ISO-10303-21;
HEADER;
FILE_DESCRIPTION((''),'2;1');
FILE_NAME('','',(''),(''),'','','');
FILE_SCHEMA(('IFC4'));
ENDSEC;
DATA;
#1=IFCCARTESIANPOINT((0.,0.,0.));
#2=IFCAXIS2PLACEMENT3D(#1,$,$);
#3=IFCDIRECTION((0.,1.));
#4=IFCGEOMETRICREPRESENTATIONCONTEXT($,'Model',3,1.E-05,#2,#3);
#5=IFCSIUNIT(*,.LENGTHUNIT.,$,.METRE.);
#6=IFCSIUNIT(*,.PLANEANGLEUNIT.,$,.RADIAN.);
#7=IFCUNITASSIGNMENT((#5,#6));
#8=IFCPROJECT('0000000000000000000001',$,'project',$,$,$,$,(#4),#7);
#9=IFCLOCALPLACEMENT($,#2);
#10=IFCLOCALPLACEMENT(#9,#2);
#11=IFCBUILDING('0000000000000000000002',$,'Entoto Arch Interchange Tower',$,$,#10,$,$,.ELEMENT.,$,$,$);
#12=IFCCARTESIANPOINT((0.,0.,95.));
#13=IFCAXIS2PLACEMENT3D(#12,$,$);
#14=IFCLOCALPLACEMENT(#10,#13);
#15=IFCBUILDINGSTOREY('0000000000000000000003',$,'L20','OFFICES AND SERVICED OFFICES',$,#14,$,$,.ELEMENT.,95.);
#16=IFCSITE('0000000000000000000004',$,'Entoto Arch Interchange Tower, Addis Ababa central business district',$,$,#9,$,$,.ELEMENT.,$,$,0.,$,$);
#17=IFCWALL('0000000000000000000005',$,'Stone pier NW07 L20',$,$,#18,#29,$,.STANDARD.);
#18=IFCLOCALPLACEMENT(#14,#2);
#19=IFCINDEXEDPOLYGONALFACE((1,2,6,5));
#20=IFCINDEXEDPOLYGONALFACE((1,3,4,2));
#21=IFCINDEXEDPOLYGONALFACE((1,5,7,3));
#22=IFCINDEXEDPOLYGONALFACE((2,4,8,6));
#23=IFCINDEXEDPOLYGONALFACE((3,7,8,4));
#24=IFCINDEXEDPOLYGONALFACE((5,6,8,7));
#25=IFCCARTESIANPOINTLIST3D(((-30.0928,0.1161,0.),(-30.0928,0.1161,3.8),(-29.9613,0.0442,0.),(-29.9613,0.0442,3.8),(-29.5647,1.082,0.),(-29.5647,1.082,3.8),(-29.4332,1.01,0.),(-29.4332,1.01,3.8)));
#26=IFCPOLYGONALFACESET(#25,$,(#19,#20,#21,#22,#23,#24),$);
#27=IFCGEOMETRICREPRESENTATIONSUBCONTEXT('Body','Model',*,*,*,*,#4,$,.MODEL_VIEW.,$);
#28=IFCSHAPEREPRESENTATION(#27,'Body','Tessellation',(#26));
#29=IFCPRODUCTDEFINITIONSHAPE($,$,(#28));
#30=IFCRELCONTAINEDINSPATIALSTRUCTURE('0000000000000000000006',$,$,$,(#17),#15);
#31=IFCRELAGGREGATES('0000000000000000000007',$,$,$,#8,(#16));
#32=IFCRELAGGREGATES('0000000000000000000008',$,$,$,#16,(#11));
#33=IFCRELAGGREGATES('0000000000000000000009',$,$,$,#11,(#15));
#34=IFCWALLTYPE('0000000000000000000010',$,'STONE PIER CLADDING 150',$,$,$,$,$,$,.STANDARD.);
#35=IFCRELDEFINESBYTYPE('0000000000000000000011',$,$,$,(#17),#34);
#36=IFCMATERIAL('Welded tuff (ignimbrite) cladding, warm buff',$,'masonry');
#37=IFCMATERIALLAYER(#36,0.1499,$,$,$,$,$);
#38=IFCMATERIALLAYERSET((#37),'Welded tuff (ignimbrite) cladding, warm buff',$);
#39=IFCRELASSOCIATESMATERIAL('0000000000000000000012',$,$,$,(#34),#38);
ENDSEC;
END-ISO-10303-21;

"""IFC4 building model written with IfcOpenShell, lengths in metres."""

from ifc_helpers import new_model, si_unit, direction, frame, frame_2d, origin, place, context, subcontext, project, spatial, rectangle, extrude, material, layer, layer_set, type_object, element, save


model = new_model("IFC4")

# Units and contexts
model_context = context("Model", 3, precision=1e-05, world=origin(), true_north=direction((0.0, 1.0)))
body_context = subcontext(model_context, "Body", "Model", "MODEL_VIEW")
ifc_project = project(units=[si_unit("LENGTHUNIT", "METRE"), si_unit("PLANEANGLEUNIT", "RADIAN")], contexts=[model_context])

# Site, building, storey
site_placement = place(None, origin())
site = spatial("IfcSite", under=ifc_project, at=site_placement, Name="Entoto Arch Interchange Tower, Addis Ababa central business district", CompositionType="ELEMENT", RefElevation=0.0)
building_placement = place(site_placement, origin())
building = spatial("IfcBuilding", under=site, at=building_placement, Name="Entoto Arch Interchange Tower", CompositionType="ELEMENT")
storey_placement = place(building_placement, frame((0.0, 0.0, 95.0)))
storey = spatial("IfcBuildingStorey", under=building, at=storey_placement, Name="L20", Description="OFFICES AND SERVICED OFFICES", CompositionType="ELEMENT", Elevation=95.0)

# Shared definitions
ifc_material_1 = material(Name="Welded tuff (ignimbrite) cladding, warm buff", Category="masonry")

# Wall
ifc_layer_1 = layer(ifc_material_1, 0.1499)
ifc_layer_set_1 = layer_set([ifc_layer_1], Name="Welded tuff (ignimbrite) cladding, warm buff")
wall_type_1 = type_object("IfcWallType", Name="STONE PIER CLADDING 150", PredefinedType="STANDARD", material=ifc_layer_set_1)
wall_1_placement = place(storey_placement, frame((-29.499, 1.0459, 0.0), z_axis=(0.0, 0.0, 1.0), x_axis=(-0.479738, -0.877412, 0.0)))
element("IfcWall", 1, at=wall_1_placement, inside=storey, type_object=wall_type_1, Name="Stone pier NW07 L20", PredefinedType="STANDARD", context=body_context, shape_type="SweptSolid", body=[
    extrude(rectangle(XDim=1.1008, YDim=0.1499, at=frame_2d((0.5503, 0.0))), origin(), (0.0, 0.0, 1.0), 3.8),
])

save(model, "model.ifc")
